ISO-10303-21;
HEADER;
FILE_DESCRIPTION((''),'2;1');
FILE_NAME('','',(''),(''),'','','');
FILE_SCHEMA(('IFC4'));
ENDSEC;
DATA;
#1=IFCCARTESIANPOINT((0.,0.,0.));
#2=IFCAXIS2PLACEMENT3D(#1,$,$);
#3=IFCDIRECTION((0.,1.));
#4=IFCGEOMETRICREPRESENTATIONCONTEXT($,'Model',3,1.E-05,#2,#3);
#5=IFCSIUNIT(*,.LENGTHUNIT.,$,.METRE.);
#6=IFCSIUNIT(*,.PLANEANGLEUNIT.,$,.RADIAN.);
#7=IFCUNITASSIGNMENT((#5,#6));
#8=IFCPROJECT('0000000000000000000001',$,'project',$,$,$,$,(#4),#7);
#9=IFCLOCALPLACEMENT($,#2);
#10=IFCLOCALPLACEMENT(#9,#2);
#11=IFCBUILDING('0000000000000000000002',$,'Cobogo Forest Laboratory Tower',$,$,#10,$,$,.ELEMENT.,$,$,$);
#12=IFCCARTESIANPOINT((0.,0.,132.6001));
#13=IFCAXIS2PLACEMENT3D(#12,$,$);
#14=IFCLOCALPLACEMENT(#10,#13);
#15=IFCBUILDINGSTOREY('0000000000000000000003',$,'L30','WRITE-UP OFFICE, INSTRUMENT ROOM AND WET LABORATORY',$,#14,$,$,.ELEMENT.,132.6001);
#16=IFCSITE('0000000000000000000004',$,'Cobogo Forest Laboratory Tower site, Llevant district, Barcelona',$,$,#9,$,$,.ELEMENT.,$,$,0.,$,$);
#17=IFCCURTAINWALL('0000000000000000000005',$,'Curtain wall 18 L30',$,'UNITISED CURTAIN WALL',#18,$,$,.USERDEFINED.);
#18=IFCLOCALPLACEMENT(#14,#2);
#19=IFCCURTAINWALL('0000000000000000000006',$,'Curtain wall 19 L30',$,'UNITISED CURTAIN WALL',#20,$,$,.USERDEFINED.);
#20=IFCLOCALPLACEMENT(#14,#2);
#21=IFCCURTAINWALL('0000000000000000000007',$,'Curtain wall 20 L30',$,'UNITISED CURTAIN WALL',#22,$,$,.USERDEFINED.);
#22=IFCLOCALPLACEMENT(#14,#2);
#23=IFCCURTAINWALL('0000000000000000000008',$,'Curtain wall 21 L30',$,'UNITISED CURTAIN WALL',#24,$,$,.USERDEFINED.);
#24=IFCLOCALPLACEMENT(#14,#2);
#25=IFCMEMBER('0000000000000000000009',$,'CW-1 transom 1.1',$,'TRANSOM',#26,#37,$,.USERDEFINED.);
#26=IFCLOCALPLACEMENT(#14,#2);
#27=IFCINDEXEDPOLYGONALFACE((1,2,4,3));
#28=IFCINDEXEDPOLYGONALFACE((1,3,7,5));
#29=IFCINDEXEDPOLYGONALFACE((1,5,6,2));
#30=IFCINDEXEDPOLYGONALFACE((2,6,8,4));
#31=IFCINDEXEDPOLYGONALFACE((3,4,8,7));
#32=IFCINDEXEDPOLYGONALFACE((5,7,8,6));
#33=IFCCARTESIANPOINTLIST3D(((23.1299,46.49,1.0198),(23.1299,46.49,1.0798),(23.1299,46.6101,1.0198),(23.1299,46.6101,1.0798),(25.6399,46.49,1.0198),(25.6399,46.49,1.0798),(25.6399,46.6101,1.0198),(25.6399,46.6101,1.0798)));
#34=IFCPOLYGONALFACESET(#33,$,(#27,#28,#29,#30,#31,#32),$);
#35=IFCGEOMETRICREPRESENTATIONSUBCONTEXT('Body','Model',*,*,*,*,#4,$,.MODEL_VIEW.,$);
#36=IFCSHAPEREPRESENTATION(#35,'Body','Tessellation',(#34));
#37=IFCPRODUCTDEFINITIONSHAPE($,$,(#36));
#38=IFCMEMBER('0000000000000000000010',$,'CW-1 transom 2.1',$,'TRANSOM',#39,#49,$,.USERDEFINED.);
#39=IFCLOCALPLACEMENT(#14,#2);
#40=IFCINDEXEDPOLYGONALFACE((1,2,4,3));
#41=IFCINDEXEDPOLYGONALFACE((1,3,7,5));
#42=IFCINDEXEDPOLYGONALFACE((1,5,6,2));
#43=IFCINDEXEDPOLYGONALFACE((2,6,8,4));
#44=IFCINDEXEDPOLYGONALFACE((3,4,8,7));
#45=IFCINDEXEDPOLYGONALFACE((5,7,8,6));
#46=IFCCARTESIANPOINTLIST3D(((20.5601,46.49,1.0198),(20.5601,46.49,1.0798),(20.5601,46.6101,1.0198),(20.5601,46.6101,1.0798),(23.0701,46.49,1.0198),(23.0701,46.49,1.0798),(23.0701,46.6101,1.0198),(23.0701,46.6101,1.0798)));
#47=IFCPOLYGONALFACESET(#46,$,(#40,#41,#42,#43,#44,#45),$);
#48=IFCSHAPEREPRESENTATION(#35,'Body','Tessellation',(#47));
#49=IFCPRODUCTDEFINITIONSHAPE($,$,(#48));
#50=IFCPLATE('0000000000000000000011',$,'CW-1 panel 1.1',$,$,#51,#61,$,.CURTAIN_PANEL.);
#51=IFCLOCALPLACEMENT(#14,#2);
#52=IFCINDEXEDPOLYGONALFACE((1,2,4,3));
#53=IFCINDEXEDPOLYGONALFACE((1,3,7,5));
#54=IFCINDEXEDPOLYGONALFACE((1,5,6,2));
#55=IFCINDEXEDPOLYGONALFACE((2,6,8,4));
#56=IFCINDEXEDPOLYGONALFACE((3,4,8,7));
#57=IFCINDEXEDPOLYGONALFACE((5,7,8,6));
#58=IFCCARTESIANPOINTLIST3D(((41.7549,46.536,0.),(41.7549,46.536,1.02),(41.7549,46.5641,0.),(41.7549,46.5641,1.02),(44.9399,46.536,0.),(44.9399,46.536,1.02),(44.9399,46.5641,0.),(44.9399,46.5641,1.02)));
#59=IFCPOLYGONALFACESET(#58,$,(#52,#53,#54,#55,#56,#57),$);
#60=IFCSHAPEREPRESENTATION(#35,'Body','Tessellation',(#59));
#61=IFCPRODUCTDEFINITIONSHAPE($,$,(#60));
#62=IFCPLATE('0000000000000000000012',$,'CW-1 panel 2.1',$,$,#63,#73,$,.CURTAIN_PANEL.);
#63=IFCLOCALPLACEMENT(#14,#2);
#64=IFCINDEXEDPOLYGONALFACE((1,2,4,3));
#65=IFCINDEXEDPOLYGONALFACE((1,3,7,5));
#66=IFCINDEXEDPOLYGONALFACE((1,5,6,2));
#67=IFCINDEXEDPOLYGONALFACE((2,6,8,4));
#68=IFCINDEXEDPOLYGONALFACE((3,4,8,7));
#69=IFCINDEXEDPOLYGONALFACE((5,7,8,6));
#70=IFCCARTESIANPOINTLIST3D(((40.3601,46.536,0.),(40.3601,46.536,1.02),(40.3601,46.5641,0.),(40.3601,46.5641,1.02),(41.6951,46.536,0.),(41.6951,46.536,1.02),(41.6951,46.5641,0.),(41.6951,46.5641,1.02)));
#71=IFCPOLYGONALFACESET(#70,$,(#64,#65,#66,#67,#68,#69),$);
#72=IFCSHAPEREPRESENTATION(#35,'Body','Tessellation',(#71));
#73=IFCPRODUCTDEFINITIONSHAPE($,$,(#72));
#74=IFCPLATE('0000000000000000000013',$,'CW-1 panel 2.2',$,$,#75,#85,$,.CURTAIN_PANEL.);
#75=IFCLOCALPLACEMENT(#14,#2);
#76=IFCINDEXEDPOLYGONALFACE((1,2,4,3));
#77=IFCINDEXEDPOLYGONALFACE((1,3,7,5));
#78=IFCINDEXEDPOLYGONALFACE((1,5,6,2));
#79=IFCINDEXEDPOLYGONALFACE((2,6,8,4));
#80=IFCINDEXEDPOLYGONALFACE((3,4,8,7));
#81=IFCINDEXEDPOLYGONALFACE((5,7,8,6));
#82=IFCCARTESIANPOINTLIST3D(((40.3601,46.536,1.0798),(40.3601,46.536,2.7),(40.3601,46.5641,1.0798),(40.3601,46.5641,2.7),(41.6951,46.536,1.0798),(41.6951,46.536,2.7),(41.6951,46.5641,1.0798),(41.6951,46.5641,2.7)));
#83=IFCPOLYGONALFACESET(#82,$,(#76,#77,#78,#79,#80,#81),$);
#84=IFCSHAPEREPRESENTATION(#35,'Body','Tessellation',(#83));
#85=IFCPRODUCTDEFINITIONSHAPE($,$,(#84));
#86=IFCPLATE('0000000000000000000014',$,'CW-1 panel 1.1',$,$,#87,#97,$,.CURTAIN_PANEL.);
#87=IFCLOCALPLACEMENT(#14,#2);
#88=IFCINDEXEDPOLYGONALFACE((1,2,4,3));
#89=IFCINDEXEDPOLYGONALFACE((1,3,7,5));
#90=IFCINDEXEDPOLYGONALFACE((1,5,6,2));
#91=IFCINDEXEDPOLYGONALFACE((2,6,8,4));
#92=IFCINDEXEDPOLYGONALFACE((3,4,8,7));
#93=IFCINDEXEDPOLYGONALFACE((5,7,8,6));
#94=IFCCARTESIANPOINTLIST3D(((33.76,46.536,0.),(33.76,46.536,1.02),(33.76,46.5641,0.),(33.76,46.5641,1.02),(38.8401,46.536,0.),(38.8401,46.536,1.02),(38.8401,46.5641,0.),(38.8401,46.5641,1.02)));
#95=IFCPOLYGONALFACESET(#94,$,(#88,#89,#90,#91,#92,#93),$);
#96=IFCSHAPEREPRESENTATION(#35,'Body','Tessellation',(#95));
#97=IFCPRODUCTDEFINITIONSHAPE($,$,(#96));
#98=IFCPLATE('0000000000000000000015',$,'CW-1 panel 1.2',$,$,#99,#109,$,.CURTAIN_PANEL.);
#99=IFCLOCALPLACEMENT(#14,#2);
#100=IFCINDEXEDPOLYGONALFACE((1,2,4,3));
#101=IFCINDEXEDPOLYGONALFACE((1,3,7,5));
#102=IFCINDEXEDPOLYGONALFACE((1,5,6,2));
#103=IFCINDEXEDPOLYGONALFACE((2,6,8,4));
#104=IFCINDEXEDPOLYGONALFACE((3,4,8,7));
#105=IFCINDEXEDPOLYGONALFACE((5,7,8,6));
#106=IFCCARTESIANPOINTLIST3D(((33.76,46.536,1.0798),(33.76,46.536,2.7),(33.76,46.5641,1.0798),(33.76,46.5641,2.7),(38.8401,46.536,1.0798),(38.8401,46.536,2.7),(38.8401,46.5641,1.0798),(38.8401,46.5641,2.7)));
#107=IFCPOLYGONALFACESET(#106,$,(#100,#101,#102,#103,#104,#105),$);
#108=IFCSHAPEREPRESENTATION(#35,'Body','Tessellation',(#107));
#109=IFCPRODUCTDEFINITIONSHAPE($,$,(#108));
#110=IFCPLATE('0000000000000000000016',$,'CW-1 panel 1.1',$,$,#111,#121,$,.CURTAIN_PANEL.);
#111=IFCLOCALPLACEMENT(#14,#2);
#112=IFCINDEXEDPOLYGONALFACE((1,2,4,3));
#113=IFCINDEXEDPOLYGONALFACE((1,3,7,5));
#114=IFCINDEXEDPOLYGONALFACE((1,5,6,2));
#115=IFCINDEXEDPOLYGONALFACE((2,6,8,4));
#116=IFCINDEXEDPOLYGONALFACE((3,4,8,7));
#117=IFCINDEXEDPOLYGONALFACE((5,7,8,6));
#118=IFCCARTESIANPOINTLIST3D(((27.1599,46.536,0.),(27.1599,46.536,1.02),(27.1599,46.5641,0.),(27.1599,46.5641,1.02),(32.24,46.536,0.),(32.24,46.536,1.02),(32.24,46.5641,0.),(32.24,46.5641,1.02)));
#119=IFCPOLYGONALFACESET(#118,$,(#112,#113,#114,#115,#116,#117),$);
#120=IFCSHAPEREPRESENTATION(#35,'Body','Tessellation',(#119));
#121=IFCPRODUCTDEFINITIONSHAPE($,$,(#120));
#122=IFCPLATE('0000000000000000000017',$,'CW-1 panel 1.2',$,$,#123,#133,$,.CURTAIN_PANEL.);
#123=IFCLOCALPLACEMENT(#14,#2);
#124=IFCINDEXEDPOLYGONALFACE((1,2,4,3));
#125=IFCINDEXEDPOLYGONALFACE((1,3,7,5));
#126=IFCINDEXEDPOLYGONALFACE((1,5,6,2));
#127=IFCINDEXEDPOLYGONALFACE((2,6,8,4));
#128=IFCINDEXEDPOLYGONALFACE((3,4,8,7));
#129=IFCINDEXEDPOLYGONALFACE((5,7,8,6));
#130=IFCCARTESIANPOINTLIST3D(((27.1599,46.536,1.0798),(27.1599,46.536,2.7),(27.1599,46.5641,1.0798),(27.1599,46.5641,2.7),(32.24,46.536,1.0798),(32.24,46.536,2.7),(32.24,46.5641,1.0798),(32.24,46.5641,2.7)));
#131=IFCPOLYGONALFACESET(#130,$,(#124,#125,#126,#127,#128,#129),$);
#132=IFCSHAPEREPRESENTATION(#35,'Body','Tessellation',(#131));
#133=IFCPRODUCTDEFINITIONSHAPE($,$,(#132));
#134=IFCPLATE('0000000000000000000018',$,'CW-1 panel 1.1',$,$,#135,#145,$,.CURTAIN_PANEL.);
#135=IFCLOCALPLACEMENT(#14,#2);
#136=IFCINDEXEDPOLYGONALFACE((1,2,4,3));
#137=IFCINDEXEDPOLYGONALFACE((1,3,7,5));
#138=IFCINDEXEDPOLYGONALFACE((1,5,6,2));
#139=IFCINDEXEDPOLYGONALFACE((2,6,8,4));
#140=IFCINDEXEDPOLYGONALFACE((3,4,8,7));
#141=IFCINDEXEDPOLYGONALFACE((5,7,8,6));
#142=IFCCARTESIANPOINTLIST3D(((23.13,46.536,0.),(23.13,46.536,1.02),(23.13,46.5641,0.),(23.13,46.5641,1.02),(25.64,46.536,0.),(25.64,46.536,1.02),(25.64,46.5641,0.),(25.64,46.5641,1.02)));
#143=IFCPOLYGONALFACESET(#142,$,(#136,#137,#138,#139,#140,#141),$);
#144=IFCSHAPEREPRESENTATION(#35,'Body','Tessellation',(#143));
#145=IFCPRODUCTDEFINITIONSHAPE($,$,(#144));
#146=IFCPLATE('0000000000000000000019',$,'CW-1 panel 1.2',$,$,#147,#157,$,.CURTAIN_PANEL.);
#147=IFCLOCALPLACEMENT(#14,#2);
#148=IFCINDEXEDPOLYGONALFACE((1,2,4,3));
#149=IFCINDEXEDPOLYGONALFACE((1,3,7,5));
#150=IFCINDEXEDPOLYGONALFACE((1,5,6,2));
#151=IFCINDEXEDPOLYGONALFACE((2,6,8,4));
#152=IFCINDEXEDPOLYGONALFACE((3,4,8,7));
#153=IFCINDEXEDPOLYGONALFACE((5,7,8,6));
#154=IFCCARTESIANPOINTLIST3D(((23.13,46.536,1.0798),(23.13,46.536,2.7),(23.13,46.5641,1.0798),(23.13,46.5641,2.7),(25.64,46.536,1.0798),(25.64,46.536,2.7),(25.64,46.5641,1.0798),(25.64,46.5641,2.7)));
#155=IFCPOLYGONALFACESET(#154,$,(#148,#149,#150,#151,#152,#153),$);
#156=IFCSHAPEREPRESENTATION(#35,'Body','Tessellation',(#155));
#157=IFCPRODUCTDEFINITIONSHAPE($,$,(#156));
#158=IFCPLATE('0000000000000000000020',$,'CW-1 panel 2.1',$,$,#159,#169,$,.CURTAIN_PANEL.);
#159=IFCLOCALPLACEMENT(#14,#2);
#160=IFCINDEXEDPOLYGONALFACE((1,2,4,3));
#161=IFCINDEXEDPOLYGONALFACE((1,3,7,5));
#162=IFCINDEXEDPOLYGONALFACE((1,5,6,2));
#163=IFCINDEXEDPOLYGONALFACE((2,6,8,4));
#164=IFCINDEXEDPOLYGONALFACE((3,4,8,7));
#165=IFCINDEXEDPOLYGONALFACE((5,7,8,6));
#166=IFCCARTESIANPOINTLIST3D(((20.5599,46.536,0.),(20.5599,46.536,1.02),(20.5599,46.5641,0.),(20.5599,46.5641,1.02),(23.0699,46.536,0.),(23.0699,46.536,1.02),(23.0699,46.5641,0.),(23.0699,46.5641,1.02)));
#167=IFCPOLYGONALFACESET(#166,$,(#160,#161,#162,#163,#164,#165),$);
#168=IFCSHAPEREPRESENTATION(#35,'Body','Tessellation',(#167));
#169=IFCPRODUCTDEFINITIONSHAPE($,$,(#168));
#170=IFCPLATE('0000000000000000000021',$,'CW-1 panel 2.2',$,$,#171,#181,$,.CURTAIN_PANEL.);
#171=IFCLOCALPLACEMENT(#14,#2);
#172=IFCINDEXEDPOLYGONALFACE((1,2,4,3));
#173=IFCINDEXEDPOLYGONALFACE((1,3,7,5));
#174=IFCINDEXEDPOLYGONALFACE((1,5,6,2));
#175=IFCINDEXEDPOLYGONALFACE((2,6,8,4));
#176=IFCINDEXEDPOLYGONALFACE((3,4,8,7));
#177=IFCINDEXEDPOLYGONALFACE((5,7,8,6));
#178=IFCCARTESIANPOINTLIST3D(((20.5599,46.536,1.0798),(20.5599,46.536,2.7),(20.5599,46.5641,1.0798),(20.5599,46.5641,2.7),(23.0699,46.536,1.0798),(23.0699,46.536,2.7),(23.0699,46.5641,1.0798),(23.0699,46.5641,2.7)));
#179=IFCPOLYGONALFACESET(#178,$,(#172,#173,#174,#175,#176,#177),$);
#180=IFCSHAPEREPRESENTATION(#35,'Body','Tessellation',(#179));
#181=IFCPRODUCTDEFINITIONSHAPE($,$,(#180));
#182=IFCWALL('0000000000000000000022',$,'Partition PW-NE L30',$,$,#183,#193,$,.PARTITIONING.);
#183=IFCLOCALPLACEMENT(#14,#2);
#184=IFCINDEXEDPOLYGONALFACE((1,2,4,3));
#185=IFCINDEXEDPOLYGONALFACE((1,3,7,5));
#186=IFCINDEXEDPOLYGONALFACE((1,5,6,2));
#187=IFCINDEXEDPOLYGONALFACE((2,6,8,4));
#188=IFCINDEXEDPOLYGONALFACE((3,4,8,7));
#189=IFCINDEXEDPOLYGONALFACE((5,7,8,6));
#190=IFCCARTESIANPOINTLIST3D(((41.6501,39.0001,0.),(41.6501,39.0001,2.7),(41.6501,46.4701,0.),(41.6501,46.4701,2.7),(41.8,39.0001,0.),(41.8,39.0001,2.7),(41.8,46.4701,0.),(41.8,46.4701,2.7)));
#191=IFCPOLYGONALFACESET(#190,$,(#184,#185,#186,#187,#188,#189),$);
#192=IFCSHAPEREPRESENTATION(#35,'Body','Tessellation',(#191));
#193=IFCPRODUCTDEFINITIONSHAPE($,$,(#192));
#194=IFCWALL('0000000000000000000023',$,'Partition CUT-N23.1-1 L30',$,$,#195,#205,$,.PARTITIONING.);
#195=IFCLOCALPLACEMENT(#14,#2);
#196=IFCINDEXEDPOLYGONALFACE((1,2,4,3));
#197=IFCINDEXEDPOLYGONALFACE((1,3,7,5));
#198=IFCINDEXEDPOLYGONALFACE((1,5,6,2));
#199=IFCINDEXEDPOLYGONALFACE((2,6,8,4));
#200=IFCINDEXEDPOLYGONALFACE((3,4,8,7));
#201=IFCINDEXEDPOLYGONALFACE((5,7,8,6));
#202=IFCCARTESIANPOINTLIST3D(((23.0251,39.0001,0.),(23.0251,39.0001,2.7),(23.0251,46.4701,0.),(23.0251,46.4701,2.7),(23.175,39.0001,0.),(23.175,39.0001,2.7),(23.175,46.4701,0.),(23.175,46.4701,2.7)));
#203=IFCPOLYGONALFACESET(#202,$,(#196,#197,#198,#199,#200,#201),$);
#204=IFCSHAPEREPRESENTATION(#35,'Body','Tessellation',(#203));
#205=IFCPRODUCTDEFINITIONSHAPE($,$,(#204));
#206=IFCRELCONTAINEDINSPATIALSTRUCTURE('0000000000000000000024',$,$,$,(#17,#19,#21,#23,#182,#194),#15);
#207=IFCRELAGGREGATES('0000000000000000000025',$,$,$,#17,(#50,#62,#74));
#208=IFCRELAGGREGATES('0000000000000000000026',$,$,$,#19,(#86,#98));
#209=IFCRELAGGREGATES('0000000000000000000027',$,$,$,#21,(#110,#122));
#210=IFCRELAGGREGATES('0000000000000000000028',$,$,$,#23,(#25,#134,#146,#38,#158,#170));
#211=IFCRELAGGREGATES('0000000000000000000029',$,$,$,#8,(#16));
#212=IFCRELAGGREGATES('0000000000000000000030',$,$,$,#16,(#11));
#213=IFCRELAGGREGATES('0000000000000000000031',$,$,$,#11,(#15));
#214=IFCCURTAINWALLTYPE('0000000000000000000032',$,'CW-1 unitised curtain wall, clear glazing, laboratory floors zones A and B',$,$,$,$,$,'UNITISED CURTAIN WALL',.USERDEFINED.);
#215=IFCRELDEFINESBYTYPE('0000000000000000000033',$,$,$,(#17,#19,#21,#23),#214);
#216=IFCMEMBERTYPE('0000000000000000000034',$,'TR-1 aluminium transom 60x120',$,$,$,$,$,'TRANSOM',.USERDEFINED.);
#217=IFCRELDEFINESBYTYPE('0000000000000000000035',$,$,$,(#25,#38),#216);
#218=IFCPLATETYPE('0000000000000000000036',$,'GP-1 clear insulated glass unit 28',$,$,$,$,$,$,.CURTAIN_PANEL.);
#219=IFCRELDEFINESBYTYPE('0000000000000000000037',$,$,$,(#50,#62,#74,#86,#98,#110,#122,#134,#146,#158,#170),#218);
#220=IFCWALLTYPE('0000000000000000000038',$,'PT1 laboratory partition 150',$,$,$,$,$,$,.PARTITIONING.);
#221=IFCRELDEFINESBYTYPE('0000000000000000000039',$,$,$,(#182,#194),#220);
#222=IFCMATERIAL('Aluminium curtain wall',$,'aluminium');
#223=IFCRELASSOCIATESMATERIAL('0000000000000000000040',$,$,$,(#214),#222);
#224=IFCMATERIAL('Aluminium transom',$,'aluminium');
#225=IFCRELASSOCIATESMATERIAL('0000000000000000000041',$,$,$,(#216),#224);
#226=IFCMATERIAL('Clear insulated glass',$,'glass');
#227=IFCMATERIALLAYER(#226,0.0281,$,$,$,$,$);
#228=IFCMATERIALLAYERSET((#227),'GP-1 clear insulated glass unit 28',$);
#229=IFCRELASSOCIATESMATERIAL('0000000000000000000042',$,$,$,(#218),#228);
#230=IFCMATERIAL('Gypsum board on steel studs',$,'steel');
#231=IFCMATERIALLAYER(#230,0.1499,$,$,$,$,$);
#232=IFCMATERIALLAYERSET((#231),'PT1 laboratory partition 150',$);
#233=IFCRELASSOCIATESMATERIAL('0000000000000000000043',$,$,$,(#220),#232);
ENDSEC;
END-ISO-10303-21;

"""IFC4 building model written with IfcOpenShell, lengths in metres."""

from ifc_helpers import new_model, si_unit, direction, frame, frame_2d, origin, origin_2d, place, context, subcontext, project, spatial, rectangle, extrude, material, layer, layer_set, material_profile, profile_set, type_object, element, aggregate, save


model = new_model("IFC4")

# Units and contexts
model_context = context("Model", 3, precision=1e-05, world=origin(), true_north=direction((0.0, 1.0)))
body_context = subcontext(model_context, "Body", "Model", "MODEL_VIEW")
ifc_project = project(units=[si_unit("LENGTHUNIT", "METRE"), si_unit("PLANEANGLEUNIT", "RADIAN")], contexts=[model_context])

# Site, building, storey
site_placement = place(None, origin())
site = spatial("IfcSite", under=ifc_project, at=site_placement, Name="Cobogo Forest Laboratory Tower site, Llevant district, Barcelona", CompositionType="ELEMENT", RefElevation=0.0)
building_placement = place(site_placement, origin())
building = spatial("IfcBuilding", under=site, at=building_placement, Name="Cobogo Forest Laboratory Tower", CompositionType="ELEMENT")
storey_placement = place(building_placement, frame((0.0, 0.0, 132.6001)))
storey = spatial("IfcBuildingStorey", under=building, at=storey_placement, Name="L30", Description="WRITE-UP OFFICE, INSTRUMENT ROOM AND WET LABORATORY", CompositionType="ELEMENT", Elevation=132.6001)

# Curtain walls
ifc_material_1 = material(Name="Aluminium curtain wall", Category="aluminium")
curtain_wall_type = type_object("IfcCurtainWallType", Name="CW-1 unitised curtain wall, clear glazing, laboratory floors zones A and B", ElementType="UNITISED CURTAIN WALL", PredefinedType="USERDEFINED", material=ifc_material_1)
curtain_wall_1_placement = place(storey_placement, origin())
curtain_wall_1 = element("IfcCurtainWall", 1, at=curtain_wall_1_placement, inside=storey, type_object=curtain_wall_type, Name="Curtain wall 18 L30", ObjectType="UNITISED CURTAIN WALL", PredefinedType="USERDEFINED")
curtain_wall_2_placement = place(storey_placement, origin())
curtain_wall_2 = element("IfcCurtainWall", 2, at=curtain_wall_2_placement, inside=storey, type_object=curtain_wall_type, Name="Curtain wall 19 L30", ObjectType="UNITISED CURTAIN WALL", PredefinedType="USERDEFINED")
curtain_wall_3_placement = place(storey_placement, origin())
curtain_wall_3 = element("IfcCurtainWall", 3, at=curtain_wall_3_placement, inside=storey, type_object=curtain_wall_type, Name="Curtain wall 20 L30", ObjectType="UNITISED CURTAIN WALL", PredefinedType="USERDEFINED")
curtain_wall_4_placement = place(storey_placement, origin())
curtain_wall_4 = element("IfcCurtainWall", 4, at=curtain_wall_4_placement, inside=storey, type_object=curtain_wall_type, Name="Curtain wall 21 L30", ObjectType="UNITISED CURTAIN WALL", PredefinedType="USERDEFINED")

# Members
ifc_material_2 = material(Name="Aluminium transom", Category="aluminium")
ifc_material_profile_1 = material_profile(ifc_material_2, rectangle(XDim=0.1201, YDim=0.0601, at=origin_2d()), Name="AL 60x120")
ifc_profile_set_1 = profile_set([ifc_material_profile_1], Name="Aluminium transom")
member_type_1 = type_object("IfcMemberType", Name="TR-1 aluminium transom 60x120", ElementType="TRANSOM", PredefinedType="USERDEFINED", material=ifc_profile_set_1)
member_1_placement = place(storey_placement, frame((25.6399, 46.55, 1.0498), z_axis=(-1.0, 0.0, 0.0), x_axis=(0.0, -1.0, 0.0)))
member_1 = element("IfcMember", 5, at=member_1_placement, type_object=member_type_1, Name="CW-1 transom 1.1", ObjectType="TRANSOM", PredefinedType="USERDEFINED", context=body_context, shape_type="SweptSolid", body=[
    extrude(rectangle(XDim=0.1201, YDim=0.0601, at=origin_2d()), origin(), (0.0, 0.0, 1.0), 2.51),
])
member_2_placement = place(storey_placement, frame((23.0701, 46.55, 1.0498), z_axis=(-1.0, 0.0, 0.0), x_axis=(0.0, -1.0, 0.0)))
member_2 = element("IfcMember", 6, at=member_2_placement, type_object=member_type_1, Name="CW-1 transom 2.1", ObjectType="TRANSOM", PredefinedType="USERDEFINED", context=body_context, shape_type="SweptSolid", body=[
    extrude(rectangle(XDim=0.1201, YDim=0.0601, at=origin_2d()), origin(), (0.0, 0.0, 1.0), 2.51),
])

# Plates
ifc_material_3 = material(Name="Clear insulated glass", Category="glass")
ifc_layer_1 = layer(ifc_material_3, 0.0281)
ifc_layer_set_1 = layer_set([ifc_layer_1], Name="GP-1 clear insulated glass unit 28")
plate_type_1 = type_object("IfcPlateType", Name="GP-1 clear insulated glass unit 28", PredefinedType="CURTAIN_PANEL", material=ifc_layer_set_1)
plate_1_placement = place(storey_placement, frame((43.3474, 46.55, 0.0), z_axis=(0.0, 0.0, 1.0), x_axis=(-1.0, 0.0, 0.0)))
plate_1 = element("IfcPlate", 7, at=plate_1_placement, type_object=plate_type_1, Name="CW-1 panel 1.1", PredefinedType="CURTAIN_PANEL", context=body_context, shape_type="SweptSolid", body=[
    extrude(rectangle(XDim=3.1851, YDim=0.0281, at=origin_2d()), origin(), (0.0, 0.0, 1.0), 1.02),
])
plate_2_placement = place(storey_placement, frame((41.0276, 46.55, 0.0), z_axis=(0.0, 0.0, 1.0), x_axis=(-1.0, 0.0, 0.0)))
plate_2 = element("IfcPlate", 8, at=plate_2_placement, type_object=plate_type_1, Name="CW-1 panel 2.1", PredefinedType="CURTAIN_PANEL", context=body_context, shape_type="SweptSolid", body=[
    extrude(rectangle(XDim=1.335, YDim=0.0281, at=origin_2d()), origin(), (0.0, 0.0, 1.0), 1.02),
])
plate_3_placement = place(storey_placement, frame((41.0276, 46.55, 1.0798), z_axis=(0.0, 0.0, 1.0), x_axis=(-1.0, 0.0, 0.0)))
plate_3 = element("IfcPlate", 9, at=plate_3_placement, type_object=plate_type_1, Name="CW-1 panel 2.2", PredefinedType="CURTAIN_PANEL", context=body_context, shape_type="SweptSolid", body=[
    extrude(rectangle(XDim=1.335, YDim=0.0281, at=origin_2d()), origin(), (0.0, 0.0, 1.0), 1.6201),
])
aggregate(curtain_wall_1, [plate_1, plate_2, plate_3])
plate_4_placement = place(storey_placement, frame((36.3, 46.55, 0.0), z_axis=(0.0, 0.0, 1.0), x_axis=(-1.0, 0.0, 0.0)))
plate_4 = element("IfcPlate", 10, at=plate_4_placement, type_object=plate_type_1, Name="CW-1 panel 1.1", PredefinedType="CURTAIN_PANEL", context=body_context, shape_type="SweptSolid", body=[
    extrude(rectangle(XDim=5.0801, YDim=0.0281, at=origin_2d()), origin(), (0.0, 0.0, 1.0), 1.02),
])
plate_5_placement = place(storey_placement, frame((36.3, 46.55, 1.0798), z_axis=(0.0, 0.0, 1.0), x_axis=(-1.0, 0.0, 0.0)))
plate_5 = element("IfcPlate", 11, at=plate_5_placement, type_object=plate_type_1, Name="CW-1 panel 1.2", PredefinedType="CURTAIN_PANEL", context=body_context, shape_type="SweptSolid", body=[
    extrude(rectangle(XDim=5.0801, YDim=0.0281, at=origin_2d()), origin(), (0.0, 0.0, 1.0), 1.6201),
])
aggregate(curtain_wall_2, [plate_4, plate_5])
plate_6_placement = place(storey_placement, frame((29.7, 46.55, 0.0), z_axis=(0.0, 0.0, 1.0), x_axis=(-1.0, 0.0, 0.0)))
plate_6 = element("IfcPlate", 12, at=plate_6_placement, type_object=plate_type_1, Name="CW-1 panel 1.1", PredefinedType="CURTAIN_PANEL", context=body_context, shape_type="SweptSolid", body=[
    extrude(rectangle(XDim=5.0801, YDim=0.0281, at=origin_2d()), origin(), (0.0, 0.0, 1.0), 1.02),
])
plate_7_placement = place(storey_placement, frame((29.7, 46.55, 1.0798), z_axis=(0.0, 0.0, 1.0), x_axis=(-1.0, 0.0, 0.0)))
plate_7 = element("IfcPlate", 13, at=plate_7_placement, type_object=plate_type_1, Name="CW-1 panel 1.2", PredefinedType="CURTAIN_PANEL", context=body_context, shape_type="SweptSolid", body=[
    extrude(rectangle(XDim=5.0801, YDim=0.0281, at=origin_2d()), origin(), (0.0, 0.0, 1.0), 1.6201),
])
aggregate(curtain_wall_3, [plate_6, plate_7])
plate_8_placement = place(storey_placement, frame((24.385, 46.55, 0.0), z_axis=(0.0, 0.0, 1.0), x_axis=(-1.0, 0.0, 0.0)))
plate_8 = element("IfcPlate", 14, at=plate_8_placement, type_object=plate_type_1, Name="CW-1 panel 1.1", PredefinedType="CURTAIN_PANEL", context=body_context, shape_type="SweptSolid", body=[
    extrude(rectangle(XDim=2.51, YDim=0.0281, at=origin_2d()), origin(), (0.0, 0.0, 1.0), 1.02),
])
plate_9_placement = place(storey_placement, frame((24.385, 46.55, 1.0798), z_axis=(0.0, 0.0, 1.0), x_axis=(-1.0, 0.0, 0.0)))
plate_9 = element("IfcPlate", 15, at=plate_9_placement, type_object=plate_type_1, Name="CW-1 panel 1.2", PredefinedType="CURTAIN_PANEL", context=body_context, shape_type="SweptSolid", body=[
    extrude(rectangle(XDim=2.51, YDim=0.0281, at=origin_2d()), origin(), (0.0, 0.0, 1.0), 1.6201),
])
plate_10_placement = place(storey_placement, frame((21.8149, 46.55, 0.0), z_axis=(0.0, 0.0, 1.0), x_axis=(-1.0, 0.0, 0.0)))
plate_10 = element("IfcPlate", 16, at=plate_10_placement, type_object=plate_type_1, Name="CW-1 panel 2.1", PredefinedType="CURTAIN_PANEL", context=body_context, shape_type="SweptSolid", body=[
    extrude(rectangle(XDim=2.51, YDim=0.0281, at=origin_2d()), origin(), (0.0, 0.0, 1.0), 1.02),
])
plate_11_placement = place(storey_placement, frame((21.8149, 46.55, 1.0798), z_axis=(0.0, 0.0, 1.0), x_axis=(-1.0, 0.0, 0.0)))
plate_11 = element("IfcPlate", 17, at=plate_11_placement, type_object=plate_type_1, Name="CW-1 panel 2.2", PredefinedType="CURTAIN_PANEL", context=body_context, shape_type="SweptSolid", body=[
    extrude(rectangle(XDim=2.51, YDim=0.0281, at=origin_2d()), origin(), (0.0, 0.0, 1.0), 1.6201),
])
aggregate(curtain_wall_4, [member_1, plate_8, plate_9, member_2, plate_10, plate_11])

# Walls
ifc_material_4 = material(Name="Gypsum board on steel studs", Category="steel")
ifc_layer_2 = layer(ifc_material_4, 0.1499)
ifc_layer_set_2 = layer_set([ifc_layer_2], Name="PT1 laboratory partition 150")
wall_type = type_object("IfcWallType", Name="PT1 laboratory partition 150", PredefinedType="PARTITIONING", material=ifc_layer_set_2)
for number, where, z_axis, x_axis, name in (
    (18, (41.7251, 46.47, 0.0), (0.0, 0.0, 1.0), (0.0, -1.0, 0.0), "Partition PW-NE L30"),
    (19, (23.1001, 46.47, 0.0), (0.0, 0.0, 1.0), (0.0, -1.0, 0.0), "Partition CUT-N23.1-1 L30"),
):
    element("IfcWall", number, at=place(storey_placement, frame(where, z_axis=z_axis, x_axis=x_axis)), inside=storey, type_object=wall_type, Name=name, PredefinedType="PARTITIONING", context=body_context, shape_type="SweptSolid", body=[
        extrude(rectangle(XDim=7.47, YDim=0.1499, at=frame_2d((3.7349, 0.0))), origin(), (0.0, 0.0, 1.0), 2.7),
    ])

save(model, "model.ifc")
